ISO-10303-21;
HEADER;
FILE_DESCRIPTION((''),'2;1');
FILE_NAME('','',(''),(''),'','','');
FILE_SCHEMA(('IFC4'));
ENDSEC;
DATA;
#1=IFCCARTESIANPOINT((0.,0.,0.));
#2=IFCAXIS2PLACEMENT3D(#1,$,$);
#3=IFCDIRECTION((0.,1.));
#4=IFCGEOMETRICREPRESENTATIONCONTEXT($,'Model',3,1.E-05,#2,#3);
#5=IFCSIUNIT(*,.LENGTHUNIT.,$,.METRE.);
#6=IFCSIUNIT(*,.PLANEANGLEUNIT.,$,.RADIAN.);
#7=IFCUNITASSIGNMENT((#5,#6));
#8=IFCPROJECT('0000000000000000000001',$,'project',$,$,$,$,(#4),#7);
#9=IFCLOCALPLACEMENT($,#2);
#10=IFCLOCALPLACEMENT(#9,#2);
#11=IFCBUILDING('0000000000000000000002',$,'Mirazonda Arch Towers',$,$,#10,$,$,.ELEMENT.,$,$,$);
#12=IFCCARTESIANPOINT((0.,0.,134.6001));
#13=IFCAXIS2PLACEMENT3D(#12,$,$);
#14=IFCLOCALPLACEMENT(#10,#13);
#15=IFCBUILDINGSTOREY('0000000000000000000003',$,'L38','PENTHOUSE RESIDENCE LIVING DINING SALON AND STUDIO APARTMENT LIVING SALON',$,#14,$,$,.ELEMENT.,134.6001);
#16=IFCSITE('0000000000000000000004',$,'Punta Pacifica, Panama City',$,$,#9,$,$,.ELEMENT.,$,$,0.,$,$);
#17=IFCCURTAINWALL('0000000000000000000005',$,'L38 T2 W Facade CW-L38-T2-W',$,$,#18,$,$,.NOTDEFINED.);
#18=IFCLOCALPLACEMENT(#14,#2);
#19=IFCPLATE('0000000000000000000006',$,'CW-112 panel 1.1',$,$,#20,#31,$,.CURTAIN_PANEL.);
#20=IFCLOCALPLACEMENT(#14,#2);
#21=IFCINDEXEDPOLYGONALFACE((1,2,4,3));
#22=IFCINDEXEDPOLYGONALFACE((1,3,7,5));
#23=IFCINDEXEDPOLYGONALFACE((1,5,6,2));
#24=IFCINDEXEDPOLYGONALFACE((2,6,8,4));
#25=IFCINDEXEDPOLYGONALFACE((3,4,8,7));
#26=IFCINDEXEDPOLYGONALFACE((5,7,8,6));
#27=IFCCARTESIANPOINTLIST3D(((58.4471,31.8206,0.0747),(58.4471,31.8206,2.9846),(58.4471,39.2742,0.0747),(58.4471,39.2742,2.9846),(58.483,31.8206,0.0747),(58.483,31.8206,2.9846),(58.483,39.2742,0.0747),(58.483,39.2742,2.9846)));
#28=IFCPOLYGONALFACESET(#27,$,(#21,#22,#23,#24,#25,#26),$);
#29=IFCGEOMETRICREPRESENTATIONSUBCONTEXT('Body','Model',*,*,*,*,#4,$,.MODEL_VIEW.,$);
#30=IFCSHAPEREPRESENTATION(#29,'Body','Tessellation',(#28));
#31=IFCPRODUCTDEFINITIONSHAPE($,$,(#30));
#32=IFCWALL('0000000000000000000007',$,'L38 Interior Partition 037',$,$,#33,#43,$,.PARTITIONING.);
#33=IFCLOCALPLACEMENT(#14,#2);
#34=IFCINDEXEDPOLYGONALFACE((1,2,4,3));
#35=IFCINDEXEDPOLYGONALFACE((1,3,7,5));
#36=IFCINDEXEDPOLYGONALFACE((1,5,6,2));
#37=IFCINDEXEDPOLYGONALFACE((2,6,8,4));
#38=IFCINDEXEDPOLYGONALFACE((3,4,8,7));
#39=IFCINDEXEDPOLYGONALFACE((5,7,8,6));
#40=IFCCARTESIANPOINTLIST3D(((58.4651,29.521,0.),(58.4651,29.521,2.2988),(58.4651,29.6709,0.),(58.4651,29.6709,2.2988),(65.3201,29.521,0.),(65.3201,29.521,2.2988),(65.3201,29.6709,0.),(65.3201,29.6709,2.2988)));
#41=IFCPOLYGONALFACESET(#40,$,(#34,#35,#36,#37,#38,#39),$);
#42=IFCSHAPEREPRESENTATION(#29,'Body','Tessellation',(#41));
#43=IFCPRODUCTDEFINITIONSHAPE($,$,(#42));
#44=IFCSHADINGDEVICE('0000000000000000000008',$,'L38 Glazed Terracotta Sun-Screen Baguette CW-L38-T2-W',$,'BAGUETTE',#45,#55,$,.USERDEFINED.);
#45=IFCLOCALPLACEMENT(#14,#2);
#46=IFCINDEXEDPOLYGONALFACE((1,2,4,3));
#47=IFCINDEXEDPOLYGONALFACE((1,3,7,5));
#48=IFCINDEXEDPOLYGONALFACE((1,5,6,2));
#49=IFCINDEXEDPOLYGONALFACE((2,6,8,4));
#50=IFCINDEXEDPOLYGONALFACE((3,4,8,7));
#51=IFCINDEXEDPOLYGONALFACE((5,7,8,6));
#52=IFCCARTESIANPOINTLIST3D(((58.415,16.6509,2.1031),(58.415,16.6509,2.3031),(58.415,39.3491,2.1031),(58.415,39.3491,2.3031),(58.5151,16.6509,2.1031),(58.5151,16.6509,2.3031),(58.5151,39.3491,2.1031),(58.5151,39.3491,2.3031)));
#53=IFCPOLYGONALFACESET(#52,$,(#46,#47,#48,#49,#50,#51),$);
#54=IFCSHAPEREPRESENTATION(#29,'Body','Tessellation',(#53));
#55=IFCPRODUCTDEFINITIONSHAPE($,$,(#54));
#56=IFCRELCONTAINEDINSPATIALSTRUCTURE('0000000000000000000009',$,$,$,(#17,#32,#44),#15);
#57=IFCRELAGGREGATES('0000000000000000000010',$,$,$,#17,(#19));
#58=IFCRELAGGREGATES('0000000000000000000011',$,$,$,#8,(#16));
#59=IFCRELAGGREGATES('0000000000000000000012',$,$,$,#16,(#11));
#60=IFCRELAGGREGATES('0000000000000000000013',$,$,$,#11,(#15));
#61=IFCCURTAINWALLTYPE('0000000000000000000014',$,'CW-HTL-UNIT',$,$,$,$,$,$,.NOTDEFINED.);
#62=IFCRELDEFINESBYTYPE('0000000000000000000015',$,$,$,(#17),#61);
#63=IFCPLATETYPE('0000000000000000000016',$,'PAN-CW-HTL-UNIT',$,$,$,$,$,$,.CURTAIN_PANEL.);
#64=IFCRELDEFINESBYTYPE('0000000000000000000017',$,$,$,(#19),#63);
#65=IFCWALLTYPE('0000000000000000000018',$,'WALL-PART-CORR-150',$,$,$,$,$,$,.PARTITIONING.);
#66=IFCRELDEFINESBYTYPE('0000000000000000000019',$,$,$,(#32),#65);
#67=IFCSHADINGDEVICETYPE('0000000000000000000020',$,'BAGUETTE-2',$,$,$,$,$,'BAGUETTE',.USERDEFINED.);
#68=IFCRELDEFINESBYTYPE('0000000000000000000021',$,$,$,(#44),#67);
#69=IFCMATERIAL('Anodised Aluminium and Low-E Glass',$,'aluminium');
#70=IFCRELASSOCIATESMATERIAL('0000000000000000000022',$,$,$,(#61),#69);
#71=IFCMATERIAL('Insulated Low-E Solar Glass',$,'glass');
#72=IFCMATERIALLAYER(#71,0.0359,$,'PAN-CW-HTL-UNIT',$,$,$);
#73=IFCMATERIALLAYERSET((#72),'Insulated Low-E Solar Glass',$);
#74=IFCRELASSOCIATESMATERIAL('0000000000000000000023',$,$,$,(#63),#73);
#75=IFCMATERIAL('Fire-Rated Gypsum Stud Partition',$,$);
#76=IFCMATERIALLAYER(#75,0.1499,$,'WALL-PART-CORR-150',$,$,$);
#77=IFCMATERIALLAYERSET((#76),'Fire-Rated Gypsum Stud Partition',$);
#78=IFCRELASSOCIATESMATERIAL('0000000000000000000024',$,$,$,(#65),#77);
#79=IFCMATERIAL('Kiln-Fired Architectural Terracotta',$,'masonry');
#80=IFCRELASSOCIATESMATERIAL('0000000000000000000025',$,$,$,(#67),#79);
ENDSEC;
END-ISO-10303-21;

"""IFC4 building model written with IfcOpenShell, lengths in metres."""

from ifc_helpers import new_model, si_unit, direction, frame, frame_2d, origin, origin_2d, place, context, subcontext, project, spatial, rectangle, extrude, material, layer, layer_set, material_profile, profile_set, type_object, element, aggregate, save


model = new_model("IFC4")

# Units and contexts
model_context = context("Model", 3, precision=1e-05, world=origin(), true_north=direction((0.0, 1.0)))
body_context = subcontext(model_context, "Body", "Model", "MODEL_VIEW")
ifc_project = project(units=[si_unit("LENGTHUNIT", "METRE"), si_unit("PLANEANGLEUNIT", "RADIAN")], contexts=[model_context])

# Site, building, storey
site_placement = place(None, origin())
site = spatial("IfcSite", under=ifc_project, at=site_placement, Name="Punta Pacifica, Panama City", CompositionType="ELEMENT", RefElevation=0.0)
building_placement = place(site_placement, origin())
building = spatial("IfcBuilding", under=site, at=building_placement, Name="Mirazonda Arch Towers", CompositionType="ELEMENT")
storey_placement = place(building_placement, frame((0.0, 0.0, 134.6001)))
storey = spatial("IfcBuildingStorey", under=building, at=storey_placement, Name="L38", Description="PENTHOUSE RESIDENCE LIVING DINING SALON AND STUDIO APARTMENT LIVING SALON", CompositionType="ELEMENT", Elevation=134.6001)

# Curtain wall, plate
ifc_material_1 = material(Name="Anodised Aluminium and Low-E Glass", Category="aluminium")
curtain_wall_type = type_object("IfcCurtainWallType", Name="CW-HTL-UNIT", PredefinedType="NOTDEFINED", material=ifc_material_1)
curtain_wall_placement = place(storey_placement, origin())
curtain_wall = element("IfcCurtainWall", 1, at=curtain_wall_placement, inside=storey, type_object=curtain_wall_type, Name="L38 T2 W Facade CW-L38-T2-W", PredefinedType="NOTDEFINED")
ifc_material_2 = material(Name="Insulated Low-E Solar Glass", Category="glass")
ifc_layer_1 = layer(ifc_material_2, 0.0359, Name="PAN-CW-HTL-UNIT")
ifc_layer_set_1 = layer_set([ifc_layer_1], Name="Insulated Low-E Solar Glass")
plate_type = type_object("IfcPlateType", Name="PAN-CW-HTL-UNIT", PredefinedType="CURTAIN_PANEL", material=ifc_layer_set_1)
plate_placement = place(storey_placement, frame((58.4651, 35.5474, 0.0747), z_axis=(0.0, 0.0, 1.0), x_axis=(0.0, -1.0, 0.0)))
plate = element("IfcPlate", 2, at=plate_placement, type_object=plate_type, Name="CW-112 panel 1.1", PredefinedType="CURTAIN_PANEL", context=body_context, shape_type="SweptSolid", body=[
    extrude(rectangle(XDim=7.4536, YDim=0.0359, at=origin_2d()), origin(), (0.0, 0.0, 1.0), 2.9099),
])
aggregate(curtain_wall, [plate])

# Wall
ifc_material_3 = material(Name="Fire-Rated Gypsum Stud Partition")
ifc_layer_2 = layer(ifc_material_3, 0.1499, Name="WALL-PART-CORR-150")
ifc_layer_set_2 = layer_set([ifc_layer_2], Name="Fire-Rated Gypsum Stud Partition")
wall_type = type_object("IfcWallType", Name="WALL-PART-CORR-150", PredefinedType="PARTITIONING", material=ifc_layer_set_2)
wall_1_placement = place(storey_placement, frame((58.4651, 29.5959, 0.0), z_axis=(0.0, 0.0, 1.0), x_axis=(1.0, 0.0, 0.0)))
element("IfcWall", 3, at=wall_1_placement, inside=storey, type_object=wall_type, Name="L38 Interior Partition 037", PredefinedType="PARTITIONING", context=body_context, shape_type="SweptSolid", body=[
    extrude(rectangle(XDim=6.855, YDim=0.1499, at=frame_2d((3.4275, 0.0))), origin(), (0.0, 0.0, 1.0), 2.2988),
])

# Shading device
ifc_material_4 = material(Name="Kiln-Fired Architectural Terracotta", Category="masonry")
ifc_material_profile_1 = material_profile(ifc_material_4, rectangle(XDim=0.1001, YDim=0.2, at=origin_2d()), Name="TERRA-BAG-100x200")
ifc_profile_set_1 = profile_set([ifc_material_profile_1], Name="Kiln-Fired Architectural Terracotta")
shading_device_type = type_object("IfcShadingDeviceType", Name="BAGUETTE-2", ElementType="BAGUETTE", PredefinedType="USERDEFINED", material=ifc_profile_set_1)
shading_device_placement = place(storey_placement, frame((58.4651, 39.3491, 2.2031), z_axis=(0.0, -1.0, 0.0), x_axis=(1.0, 0.0, 0.0)))
element("IfcShadingDevice", 4, at=shading_device_placement, inside=storey, type_object=shading_device_type, Name="L38 Glazed Terracotta Sun-Screen Baguette CW-L38-T2-W", ObjectType="BAGUETTE", PredefinedType="USERDEFINED", context=body_context, shape_type="SweptSolid", body=[
    extrude(rectangle(XDim=0.1001, YDim=0.2, at=origin_2d()), origin(), (0.0, 0.0, 1.0), 22.6982),
])

save(model, "model.ifc")
